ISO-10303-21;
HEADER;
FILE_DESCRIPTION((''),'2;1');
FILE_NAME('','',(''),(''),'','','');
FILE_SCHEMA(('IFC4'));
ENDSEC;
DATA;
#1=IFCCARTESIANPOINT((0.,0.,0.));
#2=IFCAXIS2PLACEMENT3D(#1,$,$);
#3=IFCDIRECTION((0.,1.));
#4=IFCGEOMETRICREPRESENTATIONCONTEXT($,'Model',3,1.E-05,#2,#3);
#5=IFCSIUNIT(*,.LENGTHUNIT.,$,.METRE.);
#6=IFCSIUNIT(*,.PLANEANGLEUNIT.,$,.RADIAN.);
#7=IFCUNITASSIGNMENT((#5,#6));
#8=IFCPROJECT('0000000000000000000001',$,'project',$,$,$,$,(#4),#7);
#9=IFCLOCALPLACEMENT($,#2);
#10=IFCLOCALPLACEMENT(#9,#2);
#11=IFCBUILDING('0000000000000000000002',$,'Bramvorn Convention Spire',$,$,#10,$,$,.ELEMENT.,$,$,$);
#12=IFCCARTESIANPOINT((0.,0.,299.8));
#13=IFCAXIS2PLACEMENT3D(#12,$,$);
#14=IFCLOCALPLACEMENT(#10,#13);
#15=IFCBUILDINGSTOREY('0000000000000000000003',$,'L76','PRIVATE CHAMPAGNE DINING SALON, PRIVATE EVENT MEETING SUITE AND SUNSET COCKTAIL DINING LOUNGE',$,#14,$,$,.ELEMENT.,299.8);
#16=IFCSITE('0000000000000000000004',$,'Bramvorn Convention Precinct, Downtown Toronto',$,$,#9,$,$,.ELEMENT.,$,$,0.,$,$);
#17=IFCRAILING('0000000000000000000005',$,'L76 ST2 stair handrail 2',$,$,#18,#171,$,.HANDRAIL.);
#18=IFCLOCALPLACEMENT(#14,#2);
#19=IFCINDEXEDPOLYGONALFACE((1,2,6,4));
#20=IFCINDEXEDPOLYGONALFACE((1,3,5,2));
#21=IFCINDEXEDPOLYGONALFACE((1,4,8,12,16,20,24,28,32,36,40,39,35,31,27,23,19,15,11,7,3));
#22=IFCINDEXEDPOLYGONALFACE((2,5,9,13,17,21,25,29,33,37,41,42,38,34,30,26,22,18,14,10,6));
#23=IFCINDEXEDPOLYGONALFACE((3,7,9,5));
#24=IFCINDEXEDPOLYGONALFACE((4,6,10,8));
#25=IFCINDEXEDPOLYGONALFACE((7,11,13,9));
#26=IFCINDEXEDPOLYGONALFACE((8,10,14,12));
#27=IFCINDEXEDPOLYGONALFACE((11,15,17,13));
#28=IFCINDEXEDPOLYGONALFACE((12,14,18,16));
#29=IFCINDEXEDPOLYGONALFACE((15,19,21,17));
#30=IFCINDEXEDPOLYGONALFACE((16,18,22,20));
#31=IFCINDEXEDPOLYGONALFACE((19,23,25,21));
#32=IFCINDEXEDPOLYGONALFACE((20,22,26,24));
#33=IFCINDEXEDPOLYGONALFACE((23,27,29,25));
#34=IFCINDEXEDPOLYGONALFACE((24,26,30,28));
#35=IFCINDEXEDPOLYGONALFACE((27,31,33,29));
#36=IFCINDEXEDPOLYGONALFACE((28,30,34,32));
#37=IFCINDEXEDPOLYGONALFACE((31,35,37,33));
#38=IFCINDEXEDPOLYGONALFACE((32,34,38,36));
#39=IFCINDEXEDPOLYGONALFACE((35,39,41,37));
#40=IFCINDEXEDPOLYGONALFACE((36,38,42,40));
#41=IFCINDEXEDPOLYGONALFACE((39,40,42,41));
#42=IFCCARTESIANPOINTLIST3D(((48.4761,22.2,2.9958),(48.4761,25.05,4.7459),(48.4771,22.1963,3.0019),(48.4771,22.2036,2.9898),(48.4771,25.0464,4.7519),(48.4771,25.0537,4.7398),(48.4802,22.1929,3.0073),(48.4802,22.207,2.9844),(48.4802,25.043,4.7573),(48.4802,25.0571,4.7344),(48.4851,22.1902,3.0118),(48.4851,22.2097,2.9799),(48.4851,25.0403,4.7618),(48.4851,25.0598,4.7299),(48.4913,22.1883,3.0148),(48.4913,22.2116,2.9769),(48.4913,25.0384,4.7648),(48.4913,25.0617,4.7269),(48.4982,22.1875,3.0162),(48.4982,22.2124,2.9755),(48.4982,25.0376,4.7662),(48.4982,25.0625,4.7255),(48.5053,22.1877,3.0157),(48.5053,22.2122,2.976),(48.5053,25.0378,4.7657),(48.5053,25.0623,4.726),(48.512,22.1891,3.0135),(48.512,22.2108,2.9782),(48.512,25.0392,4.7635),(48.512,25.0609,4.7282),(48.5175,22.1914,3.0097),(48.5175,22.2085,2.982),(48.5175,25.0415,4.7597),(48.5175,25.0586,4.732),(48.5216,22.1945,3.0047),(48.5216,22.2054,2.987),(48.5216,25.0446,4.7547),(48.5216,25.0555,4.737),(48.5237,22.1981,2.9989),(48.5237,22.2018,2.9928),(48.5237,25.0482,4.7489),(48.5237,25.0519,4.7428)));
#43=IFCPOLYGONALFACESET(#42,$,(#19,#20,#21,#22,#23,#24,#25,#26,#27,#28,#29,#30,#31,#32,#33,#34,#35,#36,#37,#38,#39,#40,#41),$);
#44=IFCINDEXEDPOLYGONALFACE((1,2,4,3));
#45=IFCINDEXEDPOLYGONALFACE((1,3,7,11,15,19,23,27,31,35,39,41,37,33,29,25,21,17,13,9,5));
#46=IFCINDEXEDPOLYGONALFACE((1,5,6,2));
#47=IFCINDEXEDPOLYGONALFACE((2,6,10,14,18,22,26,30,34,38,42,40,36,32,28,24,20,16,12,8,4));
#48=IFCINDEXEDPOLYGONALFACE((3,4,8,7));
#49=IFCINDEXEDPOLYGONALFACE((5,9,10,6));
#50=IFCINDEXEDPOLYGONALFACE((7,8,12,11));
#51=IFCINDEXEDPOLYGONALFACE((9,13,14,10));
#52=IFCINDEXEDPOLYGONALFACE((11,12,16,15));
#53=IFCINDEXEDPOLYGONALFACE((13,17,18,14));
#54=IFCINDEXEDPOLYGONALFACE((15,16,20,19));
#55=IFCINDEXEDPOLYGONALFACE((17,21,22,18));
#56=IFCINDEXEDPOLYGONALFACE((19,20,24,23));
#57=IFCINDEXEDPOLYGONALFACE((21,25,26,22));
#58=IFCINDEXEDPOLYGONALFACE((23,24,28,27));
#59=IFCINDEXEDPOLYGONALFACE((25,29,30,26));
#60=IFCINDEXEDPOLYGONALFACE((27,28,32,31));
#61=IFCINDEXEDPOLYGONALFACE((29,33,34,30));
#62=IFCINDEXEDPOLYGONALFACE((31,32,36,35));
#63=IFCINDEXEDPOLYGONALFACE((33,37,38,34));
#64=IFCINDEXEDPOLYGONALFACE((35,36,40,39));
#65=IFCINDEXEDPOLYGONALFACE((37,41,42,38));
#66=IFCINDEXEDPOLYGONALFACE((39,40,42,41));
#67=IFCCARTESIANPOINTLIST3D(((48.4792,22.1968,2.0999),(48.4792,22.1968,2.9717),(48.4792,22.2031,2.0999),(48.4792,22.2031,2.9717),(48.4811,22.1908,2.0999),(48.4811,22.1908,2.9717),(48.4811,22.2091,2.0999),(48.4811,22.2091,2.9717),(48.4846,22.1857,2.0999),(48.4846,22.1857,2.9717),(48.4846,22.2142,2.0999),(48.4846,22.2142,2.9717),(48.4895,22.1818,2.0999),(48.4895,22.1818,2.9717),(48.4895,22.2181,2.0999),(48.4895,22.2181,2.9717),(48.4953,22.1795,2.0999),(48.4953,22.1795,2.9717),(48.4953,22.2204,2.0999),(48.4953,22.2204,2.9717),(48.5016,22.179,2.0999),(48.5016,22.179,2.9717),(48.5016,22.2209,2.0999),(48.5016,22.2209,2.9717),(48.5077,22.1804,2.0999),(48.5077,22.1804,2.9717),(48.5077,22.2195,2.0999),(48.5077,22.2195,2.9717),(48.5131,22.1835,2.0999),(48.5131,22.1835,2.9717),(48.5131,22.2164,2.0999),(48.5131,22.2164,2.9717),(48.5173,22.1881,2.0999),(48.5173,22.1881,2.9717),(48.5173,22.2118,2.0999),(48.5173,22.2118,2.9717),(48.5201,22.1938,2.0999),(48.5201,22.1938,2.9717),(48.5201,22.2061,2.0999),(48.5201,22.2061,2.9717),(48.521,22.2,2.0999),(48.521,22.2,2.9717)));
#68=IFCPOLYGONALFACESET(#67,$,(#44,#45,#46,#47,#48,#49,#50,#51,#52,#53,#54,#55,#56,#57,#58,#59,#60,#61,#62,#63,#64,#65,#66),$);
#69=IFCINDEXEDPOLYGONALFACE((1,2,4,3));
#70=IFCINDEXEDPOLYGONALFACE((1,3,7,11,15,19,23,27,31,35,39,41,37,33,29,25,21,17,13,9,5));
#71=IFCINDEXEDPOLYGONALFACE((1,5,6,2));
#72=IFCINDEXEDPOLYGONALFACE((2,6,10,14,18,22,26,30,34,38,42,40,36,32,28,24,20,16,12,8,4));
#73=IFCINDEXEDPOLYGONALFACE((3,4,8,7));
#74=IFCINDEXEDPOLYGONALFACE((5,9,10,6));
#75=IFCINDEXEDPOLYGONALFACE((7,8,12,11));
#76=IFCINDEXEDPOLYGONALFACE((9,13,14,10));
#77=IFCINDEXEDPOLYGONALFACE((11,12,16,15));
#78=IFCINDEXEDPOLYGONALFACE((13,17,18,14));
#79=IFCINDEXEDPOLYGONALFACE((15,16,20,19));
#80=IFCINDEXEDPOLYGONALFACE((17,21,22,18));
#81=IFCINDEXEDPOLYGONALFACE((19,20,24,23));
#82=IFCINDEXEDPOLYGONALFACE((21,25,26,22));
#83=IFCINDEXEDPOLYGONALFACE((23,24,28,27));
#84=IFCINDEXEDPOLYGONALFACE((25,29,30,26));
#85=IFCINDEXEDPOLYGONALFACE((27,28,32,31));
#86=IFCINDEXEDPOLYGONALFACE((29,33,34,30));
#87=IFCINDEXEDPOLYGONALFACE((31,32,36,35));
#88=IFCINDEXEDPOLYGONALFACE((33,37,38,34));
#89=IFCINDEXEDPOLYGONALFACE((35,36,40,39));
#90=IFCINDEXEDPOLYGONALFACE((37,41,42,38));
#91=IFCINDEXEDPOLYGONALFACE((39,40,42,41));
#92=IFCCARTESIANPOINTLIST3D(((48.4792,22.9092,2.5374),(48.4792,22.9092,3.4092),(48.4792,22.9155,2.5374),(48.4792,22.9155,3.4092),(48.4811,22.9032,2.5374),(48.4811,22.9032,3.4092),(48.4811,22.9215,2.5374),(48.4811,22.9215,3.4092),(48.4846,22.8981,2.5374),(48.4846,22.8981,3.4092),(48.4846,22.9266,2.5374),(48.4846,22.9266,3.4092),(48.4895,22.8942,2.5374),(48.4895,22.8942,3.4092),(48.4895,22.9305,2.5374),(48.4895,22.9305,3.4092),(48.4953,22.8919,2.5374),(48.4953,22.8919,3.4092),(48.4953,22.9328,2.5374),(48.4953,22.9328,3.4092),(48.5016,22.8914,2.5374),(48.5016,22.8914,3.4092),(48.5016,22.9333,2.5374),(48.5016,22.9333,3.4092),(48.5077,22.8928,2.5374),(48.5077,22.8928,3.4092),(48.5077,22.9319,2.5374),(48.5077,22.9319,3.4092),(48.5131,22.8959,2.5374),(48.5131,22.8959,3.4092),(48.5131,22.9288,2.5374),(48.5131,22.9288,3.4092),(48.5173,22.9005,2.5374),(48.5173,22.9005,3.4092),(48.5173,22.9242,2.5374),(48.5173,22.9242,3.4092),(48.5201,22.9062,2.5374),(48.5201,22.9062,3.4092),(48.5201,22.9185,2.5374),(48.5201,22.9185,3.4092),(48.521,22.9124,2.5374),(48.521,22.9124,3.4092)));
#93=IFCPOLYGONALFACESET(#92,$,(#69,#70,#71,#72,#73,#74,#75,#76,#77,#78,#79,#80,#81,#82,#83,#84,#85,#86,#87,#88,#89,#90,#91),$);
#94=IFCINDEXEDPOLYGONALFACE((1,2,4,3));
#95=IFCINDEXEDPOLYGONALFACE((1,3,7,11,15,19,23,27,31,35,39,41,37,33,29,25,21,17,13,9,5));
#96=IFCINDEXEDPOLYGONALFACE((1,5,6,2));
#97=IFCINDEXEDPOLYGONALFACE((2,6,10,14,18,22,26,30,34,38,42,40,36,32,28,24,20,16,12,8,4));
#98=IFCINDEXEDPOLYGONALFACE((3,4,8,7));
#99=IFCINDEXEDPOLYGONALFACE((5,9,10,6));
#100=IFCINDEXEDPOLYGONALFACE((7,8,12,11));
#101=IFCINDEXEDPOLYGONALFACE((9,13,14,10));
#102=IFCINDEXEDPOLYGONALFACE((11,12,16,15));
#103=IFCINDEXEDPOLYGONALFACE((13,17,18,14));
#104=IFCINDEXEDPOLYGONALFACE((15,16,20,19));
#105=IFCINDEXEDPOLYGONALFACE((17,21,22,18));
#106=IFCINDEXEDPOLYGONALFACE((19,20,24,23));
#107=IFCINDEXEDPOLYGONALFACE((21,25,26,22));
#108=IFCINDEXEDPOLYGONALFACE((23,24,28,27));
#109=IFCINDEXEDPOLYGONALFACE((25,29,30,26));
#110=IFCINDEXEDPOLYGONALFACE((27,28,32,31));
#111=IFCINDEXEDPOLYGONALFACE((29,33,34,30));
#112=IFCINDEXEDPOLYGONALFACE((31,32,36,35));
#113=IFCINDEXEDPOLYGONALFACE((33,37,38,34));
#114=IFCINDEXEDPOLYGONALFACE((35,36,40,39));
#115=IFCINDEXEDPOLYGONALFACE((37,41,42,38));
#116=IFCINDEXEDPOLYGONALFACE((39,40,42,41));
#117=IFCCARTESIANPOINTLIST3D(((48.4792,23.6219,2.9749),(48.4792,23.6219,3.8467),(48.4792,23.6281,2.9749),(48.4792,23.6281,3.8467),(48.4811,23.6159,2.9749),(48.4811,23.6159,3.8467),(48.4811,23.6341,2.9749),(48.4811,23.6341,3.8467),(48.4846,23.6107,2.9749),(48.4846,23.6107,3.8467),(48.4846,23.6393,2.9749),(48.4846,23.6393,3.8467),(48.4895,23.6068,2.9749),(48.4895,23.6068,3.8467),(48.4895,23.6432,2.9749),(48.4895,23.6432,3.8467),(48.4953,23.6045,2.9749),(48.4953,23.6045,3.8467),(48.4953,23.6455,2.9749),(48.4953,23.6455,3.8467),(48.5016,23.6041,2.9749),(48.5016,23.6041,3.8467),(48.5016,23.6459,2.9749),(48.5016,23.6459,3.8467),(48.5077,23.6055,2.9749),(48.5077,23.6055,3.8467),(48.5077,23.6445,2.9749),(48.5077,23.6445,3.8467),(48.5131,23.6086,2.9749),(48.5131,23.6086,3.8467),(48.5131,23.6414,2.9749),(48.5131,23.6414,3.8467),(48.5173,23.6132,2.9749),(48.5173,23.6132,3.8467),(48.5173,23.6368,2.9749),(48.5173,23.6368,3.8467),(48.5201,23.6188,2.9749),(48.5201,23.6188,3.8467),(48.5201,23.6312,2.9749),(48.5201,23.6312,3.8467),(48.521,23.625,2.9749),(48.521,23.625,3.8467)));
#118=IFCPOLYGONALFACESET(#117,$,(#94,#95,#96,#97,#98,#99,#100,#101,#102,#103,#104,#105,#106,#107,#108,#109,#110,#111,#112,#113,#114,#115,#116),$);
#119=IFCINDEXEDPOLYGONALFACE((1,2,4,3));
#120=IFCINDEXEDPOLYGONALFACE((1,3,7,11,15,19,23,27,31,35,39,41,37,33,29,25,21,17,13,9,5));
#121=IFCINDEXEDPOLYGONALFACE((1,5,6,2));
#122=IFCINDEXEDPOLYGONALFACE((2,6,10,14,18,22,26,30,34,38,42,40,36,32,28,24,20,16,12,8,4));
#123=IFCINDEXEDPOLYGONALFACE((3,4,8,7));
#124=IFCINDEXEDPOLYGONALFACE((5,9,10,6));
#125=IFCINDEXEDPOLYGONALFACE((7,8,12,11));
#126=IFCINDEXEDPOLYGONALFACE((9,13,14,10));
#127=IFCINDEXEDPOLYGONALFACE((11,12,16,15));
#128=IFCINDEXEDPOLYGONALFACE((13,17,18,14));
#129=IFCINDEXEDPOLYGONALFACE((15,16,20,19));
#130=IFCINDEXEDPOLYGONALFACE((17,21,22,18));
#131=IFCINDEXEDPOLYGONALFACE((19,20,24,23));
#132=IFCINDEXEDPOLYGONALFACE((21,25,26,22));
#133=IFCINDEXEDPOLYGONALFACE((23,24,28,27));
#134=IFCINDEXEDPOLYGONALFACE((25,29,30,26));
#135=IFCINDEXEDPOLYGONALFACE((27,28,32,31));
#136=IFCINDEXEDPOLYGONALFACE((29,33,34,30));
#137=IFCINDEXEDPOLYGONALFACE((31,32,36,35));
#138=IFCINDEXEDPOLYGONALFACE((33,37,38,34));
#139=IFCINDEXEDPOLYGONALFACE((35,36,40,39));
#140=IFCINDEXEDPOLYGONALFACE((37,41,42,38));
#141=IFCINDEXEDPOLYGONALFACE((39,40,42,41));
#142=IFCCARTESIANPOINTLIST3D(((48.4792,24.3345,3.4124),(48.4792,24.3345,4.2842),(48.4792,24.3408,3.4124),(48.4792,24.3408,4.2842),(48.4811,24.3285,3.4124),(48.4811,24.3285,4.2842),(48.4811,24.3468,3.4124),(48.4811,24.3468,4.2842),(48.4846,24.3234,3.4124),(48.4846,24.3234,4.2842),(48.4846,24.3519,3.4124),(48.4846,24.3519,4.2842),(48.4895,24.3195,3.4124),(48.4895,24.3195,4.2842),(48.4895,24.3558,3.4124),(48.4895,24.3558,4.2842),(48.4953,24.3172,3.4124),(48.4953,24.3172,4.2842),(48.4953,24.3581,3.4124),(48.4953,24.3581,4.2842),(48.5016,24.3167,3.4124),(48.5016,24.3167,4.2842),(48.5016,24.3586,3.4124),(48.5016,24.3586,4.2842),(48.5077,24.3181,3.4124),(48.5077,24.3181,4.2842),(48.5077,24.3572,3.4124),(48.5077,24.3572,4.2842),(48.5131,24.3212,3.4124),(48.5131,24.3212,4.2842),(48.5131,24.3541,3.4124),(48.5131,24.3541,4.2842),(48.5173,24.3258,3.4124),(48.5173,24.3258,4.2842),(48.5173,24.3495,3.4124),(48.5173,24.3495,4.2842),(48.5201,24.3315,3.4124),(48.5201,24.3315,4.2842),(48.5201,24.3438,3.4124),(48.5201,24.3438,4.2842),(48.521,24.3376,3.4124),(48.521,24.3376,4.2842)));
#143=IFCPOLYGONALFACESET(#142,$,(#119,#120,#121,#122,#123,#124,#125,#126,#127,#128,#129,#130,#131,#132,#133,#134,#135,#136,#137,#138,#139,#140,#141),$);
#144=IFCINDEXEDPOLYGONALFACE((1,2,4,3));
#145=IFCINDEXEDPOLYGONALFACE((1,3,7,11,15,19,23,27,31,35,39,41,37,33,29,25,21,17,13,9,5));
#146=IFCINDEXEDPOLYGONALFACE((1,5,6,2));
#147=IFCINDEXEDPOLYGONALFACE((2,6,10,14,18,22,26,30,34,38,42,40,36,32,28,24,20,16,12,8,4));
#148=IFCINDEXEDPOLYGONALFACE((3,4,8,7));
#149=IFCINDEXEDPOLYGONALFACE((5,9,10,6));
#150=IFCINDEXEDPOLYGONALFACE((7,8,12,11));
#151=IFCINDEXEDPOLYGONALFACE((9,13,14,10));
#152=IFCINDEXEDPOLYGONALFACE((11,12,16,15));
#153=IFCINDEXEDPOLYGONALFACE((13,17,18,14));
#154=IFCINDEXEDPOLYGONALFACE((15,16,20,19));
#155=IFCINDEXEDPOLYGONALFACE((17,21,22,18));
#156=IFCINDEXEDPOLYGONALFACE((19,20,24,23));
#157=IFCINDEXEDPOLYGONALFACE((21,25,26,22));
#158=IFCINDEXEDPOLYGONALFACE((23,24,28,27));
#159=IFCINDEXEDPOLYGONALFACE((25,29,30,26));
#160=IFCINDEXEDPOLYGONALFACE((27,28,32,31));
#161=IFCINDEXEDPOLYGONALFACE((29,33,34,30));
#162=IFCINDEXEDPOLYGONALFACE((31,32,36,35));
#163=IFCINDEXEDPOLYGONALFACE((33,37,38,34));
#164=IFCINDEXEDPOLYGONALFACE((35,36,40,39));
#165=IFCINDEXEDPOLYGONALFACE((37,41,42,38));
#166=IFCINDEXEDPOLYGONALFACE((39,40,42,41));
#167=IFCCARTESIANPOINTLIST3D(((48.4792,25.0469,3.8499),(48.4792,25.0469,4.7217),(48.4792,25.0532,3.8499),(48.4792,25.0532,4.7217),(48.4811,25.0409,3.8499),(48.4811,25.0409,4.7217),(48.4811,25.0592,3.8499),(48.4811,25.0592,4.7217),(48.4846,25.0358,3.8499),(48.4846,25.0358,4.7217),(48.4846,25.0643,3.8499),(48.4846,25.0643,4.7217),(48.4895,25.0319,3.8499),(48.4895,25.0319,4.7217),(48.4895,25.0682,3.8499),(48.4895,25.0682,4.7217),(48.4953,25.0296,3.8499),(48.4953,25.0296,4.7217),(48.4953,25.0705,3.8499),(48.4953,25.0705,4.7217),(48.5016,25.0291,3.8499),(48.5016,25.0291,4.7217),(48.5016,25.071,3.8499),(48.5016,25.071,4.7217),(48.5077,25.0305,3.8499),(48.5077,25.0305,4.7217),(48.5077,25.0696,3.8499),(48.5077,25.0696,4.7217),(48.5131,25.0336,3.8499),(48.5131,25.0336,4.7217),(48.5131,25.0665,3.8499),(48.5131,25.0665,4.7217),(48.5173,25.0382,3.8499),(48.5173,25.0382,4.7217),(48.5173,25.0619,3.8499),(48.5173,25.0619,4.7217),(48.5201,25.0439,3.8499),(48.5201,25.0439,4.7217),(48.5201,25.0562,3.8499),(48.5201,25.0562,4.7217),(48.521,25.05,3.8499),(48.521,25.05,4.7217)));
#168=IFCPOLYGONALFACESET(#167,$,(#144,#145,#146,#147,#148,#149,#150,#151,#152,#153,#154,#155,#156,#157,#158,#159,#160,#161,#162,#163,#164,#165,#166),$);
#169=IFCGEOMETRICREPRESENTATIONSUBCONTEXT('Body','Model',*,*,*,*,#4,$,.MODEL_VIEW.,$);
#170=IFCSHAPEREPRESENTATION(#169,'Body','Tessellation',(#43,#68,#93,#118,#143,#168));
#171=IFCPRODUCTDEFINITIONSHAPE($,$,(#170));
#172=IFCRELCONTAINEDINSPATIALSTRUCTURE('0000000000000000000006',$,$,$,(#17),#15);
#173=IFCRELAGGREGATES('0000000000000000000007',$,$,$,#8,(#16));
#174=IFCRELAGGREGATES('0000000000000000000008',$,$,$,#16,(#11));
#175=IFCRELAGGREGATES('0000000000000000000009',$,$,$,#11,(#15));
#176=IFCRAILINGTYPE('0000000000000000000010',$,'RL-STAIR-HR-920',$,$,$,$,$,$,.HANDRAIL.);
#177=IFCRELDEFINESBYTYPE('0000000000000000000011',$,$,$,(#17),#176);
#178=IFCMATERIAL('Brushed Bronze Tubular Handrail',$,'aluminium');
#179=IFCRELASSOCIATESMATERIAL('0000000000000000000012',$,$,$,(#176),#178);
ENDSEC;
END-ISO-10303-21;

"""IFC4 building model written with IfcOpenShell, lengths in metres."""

from ifc_helpers import new_model, si_unit, direction, frame, origin, origin_2d, place, context, subcontext, project, spatial, circle, extrude, material, type_object, element, save


model = new_model("IFC4")

# Units and contexts
model_context = context("Model", 3, precision=1e-05, world=origin(), true_north=direction((0.0, 1.0)))
body_context = subcontext(model_context, "Body", "Model", "MODEL_VIEW")
ifc_project = project(units=[si_unit("LENGTHUNIT", "METRE"), si_unit("PLANEANGLEUNIT", "RADIAN")], contexts=[model_context])

# Site, building, storey
site_placement = place(None, origin())
site = spatial("IfcSite", under=ifc_project, at=site_placement, Name="Bramvorn Convention Precinct, Downtown Toronto", CompositionType="ELEMENT", RefElevation=0.0)
building_placement = place(site_placement, origin())
building = spatial("IfcBuilding", under=site, at=building_placement, Name="Bramvorn Convention Spire", CompositionType="ELEMENT")
storey_placement = place(building_placement, frame((0.0, 0.0, 299.8)))
storey = spatial("IfcBuildingStorey", under=building, at=storey_placement, Name="L76", Description="PRIVATE CHAMPAGNE DINING SALON, PRIVATE EVENT MEETING SUITE AND SUNSET COCKTAIL DINING LOUNGE", CompositionType="ELEMENT", Elevation=299.8)

# Railing
ifc_material_1 = material(Name="Brushed Bronze Tubular Handrail", Category="aluminium")
railing_type_1 = type_object("IfcRailingType", Name="RL-STAIR-HR-920", PredefinedType="HANDRAIL", material=ifc_material_1)
railing_1_placement = place(storey_placement, frame((48.5, 22.2, 2.0999)))
element("IfcRailing", 1, at=railing_1_placement, inside=storey, type_object=railing_type_1, Name="L76 ST2 stair handrail 2", PredefinedType="HANDRAIL", context=body_context, shape_type="SweptSolid", body=[
    extrude(circle(Radius=0.0239, at=origin_2d()), frame((0.0, 0.0, 0.896), z_axis=(0.0, 0.852179, 0.52325), x_axis=(-1.0, 0.0, 0.0)), (0.0, 0.0, 1.0), 3.3445),
    extrude(circle(Radius=0.021, at=origin_2d()), origin(), (0.0, 0.0, 1.0), 0.8718),
    extrude(circle(Radius=0.021, at=origin_2d()), frame((0.0, 0.7124, 0.4375)), (0.0, 0.0, 1.0), 0.8718),
    extrude(circle(Radius=0.021, at=origin_2d()), frame((0.0, 1.425, 0.875)), (0.0, 0.0, 1.0), 0.8718),
    extrude(circle(Radius=0.021, at=origin_2d()), frame((0.0, 2.1377, 1.3125)), (0.0, 0.0, 1.0), 0.8718),
    extrude(circle(Radius=0.021, at=origin_2d()), frame((0.0, 2.8501, 1.75)), (0.0, 0.0, 1.0), 0.8718),
])

save(model, "model.ifc")
